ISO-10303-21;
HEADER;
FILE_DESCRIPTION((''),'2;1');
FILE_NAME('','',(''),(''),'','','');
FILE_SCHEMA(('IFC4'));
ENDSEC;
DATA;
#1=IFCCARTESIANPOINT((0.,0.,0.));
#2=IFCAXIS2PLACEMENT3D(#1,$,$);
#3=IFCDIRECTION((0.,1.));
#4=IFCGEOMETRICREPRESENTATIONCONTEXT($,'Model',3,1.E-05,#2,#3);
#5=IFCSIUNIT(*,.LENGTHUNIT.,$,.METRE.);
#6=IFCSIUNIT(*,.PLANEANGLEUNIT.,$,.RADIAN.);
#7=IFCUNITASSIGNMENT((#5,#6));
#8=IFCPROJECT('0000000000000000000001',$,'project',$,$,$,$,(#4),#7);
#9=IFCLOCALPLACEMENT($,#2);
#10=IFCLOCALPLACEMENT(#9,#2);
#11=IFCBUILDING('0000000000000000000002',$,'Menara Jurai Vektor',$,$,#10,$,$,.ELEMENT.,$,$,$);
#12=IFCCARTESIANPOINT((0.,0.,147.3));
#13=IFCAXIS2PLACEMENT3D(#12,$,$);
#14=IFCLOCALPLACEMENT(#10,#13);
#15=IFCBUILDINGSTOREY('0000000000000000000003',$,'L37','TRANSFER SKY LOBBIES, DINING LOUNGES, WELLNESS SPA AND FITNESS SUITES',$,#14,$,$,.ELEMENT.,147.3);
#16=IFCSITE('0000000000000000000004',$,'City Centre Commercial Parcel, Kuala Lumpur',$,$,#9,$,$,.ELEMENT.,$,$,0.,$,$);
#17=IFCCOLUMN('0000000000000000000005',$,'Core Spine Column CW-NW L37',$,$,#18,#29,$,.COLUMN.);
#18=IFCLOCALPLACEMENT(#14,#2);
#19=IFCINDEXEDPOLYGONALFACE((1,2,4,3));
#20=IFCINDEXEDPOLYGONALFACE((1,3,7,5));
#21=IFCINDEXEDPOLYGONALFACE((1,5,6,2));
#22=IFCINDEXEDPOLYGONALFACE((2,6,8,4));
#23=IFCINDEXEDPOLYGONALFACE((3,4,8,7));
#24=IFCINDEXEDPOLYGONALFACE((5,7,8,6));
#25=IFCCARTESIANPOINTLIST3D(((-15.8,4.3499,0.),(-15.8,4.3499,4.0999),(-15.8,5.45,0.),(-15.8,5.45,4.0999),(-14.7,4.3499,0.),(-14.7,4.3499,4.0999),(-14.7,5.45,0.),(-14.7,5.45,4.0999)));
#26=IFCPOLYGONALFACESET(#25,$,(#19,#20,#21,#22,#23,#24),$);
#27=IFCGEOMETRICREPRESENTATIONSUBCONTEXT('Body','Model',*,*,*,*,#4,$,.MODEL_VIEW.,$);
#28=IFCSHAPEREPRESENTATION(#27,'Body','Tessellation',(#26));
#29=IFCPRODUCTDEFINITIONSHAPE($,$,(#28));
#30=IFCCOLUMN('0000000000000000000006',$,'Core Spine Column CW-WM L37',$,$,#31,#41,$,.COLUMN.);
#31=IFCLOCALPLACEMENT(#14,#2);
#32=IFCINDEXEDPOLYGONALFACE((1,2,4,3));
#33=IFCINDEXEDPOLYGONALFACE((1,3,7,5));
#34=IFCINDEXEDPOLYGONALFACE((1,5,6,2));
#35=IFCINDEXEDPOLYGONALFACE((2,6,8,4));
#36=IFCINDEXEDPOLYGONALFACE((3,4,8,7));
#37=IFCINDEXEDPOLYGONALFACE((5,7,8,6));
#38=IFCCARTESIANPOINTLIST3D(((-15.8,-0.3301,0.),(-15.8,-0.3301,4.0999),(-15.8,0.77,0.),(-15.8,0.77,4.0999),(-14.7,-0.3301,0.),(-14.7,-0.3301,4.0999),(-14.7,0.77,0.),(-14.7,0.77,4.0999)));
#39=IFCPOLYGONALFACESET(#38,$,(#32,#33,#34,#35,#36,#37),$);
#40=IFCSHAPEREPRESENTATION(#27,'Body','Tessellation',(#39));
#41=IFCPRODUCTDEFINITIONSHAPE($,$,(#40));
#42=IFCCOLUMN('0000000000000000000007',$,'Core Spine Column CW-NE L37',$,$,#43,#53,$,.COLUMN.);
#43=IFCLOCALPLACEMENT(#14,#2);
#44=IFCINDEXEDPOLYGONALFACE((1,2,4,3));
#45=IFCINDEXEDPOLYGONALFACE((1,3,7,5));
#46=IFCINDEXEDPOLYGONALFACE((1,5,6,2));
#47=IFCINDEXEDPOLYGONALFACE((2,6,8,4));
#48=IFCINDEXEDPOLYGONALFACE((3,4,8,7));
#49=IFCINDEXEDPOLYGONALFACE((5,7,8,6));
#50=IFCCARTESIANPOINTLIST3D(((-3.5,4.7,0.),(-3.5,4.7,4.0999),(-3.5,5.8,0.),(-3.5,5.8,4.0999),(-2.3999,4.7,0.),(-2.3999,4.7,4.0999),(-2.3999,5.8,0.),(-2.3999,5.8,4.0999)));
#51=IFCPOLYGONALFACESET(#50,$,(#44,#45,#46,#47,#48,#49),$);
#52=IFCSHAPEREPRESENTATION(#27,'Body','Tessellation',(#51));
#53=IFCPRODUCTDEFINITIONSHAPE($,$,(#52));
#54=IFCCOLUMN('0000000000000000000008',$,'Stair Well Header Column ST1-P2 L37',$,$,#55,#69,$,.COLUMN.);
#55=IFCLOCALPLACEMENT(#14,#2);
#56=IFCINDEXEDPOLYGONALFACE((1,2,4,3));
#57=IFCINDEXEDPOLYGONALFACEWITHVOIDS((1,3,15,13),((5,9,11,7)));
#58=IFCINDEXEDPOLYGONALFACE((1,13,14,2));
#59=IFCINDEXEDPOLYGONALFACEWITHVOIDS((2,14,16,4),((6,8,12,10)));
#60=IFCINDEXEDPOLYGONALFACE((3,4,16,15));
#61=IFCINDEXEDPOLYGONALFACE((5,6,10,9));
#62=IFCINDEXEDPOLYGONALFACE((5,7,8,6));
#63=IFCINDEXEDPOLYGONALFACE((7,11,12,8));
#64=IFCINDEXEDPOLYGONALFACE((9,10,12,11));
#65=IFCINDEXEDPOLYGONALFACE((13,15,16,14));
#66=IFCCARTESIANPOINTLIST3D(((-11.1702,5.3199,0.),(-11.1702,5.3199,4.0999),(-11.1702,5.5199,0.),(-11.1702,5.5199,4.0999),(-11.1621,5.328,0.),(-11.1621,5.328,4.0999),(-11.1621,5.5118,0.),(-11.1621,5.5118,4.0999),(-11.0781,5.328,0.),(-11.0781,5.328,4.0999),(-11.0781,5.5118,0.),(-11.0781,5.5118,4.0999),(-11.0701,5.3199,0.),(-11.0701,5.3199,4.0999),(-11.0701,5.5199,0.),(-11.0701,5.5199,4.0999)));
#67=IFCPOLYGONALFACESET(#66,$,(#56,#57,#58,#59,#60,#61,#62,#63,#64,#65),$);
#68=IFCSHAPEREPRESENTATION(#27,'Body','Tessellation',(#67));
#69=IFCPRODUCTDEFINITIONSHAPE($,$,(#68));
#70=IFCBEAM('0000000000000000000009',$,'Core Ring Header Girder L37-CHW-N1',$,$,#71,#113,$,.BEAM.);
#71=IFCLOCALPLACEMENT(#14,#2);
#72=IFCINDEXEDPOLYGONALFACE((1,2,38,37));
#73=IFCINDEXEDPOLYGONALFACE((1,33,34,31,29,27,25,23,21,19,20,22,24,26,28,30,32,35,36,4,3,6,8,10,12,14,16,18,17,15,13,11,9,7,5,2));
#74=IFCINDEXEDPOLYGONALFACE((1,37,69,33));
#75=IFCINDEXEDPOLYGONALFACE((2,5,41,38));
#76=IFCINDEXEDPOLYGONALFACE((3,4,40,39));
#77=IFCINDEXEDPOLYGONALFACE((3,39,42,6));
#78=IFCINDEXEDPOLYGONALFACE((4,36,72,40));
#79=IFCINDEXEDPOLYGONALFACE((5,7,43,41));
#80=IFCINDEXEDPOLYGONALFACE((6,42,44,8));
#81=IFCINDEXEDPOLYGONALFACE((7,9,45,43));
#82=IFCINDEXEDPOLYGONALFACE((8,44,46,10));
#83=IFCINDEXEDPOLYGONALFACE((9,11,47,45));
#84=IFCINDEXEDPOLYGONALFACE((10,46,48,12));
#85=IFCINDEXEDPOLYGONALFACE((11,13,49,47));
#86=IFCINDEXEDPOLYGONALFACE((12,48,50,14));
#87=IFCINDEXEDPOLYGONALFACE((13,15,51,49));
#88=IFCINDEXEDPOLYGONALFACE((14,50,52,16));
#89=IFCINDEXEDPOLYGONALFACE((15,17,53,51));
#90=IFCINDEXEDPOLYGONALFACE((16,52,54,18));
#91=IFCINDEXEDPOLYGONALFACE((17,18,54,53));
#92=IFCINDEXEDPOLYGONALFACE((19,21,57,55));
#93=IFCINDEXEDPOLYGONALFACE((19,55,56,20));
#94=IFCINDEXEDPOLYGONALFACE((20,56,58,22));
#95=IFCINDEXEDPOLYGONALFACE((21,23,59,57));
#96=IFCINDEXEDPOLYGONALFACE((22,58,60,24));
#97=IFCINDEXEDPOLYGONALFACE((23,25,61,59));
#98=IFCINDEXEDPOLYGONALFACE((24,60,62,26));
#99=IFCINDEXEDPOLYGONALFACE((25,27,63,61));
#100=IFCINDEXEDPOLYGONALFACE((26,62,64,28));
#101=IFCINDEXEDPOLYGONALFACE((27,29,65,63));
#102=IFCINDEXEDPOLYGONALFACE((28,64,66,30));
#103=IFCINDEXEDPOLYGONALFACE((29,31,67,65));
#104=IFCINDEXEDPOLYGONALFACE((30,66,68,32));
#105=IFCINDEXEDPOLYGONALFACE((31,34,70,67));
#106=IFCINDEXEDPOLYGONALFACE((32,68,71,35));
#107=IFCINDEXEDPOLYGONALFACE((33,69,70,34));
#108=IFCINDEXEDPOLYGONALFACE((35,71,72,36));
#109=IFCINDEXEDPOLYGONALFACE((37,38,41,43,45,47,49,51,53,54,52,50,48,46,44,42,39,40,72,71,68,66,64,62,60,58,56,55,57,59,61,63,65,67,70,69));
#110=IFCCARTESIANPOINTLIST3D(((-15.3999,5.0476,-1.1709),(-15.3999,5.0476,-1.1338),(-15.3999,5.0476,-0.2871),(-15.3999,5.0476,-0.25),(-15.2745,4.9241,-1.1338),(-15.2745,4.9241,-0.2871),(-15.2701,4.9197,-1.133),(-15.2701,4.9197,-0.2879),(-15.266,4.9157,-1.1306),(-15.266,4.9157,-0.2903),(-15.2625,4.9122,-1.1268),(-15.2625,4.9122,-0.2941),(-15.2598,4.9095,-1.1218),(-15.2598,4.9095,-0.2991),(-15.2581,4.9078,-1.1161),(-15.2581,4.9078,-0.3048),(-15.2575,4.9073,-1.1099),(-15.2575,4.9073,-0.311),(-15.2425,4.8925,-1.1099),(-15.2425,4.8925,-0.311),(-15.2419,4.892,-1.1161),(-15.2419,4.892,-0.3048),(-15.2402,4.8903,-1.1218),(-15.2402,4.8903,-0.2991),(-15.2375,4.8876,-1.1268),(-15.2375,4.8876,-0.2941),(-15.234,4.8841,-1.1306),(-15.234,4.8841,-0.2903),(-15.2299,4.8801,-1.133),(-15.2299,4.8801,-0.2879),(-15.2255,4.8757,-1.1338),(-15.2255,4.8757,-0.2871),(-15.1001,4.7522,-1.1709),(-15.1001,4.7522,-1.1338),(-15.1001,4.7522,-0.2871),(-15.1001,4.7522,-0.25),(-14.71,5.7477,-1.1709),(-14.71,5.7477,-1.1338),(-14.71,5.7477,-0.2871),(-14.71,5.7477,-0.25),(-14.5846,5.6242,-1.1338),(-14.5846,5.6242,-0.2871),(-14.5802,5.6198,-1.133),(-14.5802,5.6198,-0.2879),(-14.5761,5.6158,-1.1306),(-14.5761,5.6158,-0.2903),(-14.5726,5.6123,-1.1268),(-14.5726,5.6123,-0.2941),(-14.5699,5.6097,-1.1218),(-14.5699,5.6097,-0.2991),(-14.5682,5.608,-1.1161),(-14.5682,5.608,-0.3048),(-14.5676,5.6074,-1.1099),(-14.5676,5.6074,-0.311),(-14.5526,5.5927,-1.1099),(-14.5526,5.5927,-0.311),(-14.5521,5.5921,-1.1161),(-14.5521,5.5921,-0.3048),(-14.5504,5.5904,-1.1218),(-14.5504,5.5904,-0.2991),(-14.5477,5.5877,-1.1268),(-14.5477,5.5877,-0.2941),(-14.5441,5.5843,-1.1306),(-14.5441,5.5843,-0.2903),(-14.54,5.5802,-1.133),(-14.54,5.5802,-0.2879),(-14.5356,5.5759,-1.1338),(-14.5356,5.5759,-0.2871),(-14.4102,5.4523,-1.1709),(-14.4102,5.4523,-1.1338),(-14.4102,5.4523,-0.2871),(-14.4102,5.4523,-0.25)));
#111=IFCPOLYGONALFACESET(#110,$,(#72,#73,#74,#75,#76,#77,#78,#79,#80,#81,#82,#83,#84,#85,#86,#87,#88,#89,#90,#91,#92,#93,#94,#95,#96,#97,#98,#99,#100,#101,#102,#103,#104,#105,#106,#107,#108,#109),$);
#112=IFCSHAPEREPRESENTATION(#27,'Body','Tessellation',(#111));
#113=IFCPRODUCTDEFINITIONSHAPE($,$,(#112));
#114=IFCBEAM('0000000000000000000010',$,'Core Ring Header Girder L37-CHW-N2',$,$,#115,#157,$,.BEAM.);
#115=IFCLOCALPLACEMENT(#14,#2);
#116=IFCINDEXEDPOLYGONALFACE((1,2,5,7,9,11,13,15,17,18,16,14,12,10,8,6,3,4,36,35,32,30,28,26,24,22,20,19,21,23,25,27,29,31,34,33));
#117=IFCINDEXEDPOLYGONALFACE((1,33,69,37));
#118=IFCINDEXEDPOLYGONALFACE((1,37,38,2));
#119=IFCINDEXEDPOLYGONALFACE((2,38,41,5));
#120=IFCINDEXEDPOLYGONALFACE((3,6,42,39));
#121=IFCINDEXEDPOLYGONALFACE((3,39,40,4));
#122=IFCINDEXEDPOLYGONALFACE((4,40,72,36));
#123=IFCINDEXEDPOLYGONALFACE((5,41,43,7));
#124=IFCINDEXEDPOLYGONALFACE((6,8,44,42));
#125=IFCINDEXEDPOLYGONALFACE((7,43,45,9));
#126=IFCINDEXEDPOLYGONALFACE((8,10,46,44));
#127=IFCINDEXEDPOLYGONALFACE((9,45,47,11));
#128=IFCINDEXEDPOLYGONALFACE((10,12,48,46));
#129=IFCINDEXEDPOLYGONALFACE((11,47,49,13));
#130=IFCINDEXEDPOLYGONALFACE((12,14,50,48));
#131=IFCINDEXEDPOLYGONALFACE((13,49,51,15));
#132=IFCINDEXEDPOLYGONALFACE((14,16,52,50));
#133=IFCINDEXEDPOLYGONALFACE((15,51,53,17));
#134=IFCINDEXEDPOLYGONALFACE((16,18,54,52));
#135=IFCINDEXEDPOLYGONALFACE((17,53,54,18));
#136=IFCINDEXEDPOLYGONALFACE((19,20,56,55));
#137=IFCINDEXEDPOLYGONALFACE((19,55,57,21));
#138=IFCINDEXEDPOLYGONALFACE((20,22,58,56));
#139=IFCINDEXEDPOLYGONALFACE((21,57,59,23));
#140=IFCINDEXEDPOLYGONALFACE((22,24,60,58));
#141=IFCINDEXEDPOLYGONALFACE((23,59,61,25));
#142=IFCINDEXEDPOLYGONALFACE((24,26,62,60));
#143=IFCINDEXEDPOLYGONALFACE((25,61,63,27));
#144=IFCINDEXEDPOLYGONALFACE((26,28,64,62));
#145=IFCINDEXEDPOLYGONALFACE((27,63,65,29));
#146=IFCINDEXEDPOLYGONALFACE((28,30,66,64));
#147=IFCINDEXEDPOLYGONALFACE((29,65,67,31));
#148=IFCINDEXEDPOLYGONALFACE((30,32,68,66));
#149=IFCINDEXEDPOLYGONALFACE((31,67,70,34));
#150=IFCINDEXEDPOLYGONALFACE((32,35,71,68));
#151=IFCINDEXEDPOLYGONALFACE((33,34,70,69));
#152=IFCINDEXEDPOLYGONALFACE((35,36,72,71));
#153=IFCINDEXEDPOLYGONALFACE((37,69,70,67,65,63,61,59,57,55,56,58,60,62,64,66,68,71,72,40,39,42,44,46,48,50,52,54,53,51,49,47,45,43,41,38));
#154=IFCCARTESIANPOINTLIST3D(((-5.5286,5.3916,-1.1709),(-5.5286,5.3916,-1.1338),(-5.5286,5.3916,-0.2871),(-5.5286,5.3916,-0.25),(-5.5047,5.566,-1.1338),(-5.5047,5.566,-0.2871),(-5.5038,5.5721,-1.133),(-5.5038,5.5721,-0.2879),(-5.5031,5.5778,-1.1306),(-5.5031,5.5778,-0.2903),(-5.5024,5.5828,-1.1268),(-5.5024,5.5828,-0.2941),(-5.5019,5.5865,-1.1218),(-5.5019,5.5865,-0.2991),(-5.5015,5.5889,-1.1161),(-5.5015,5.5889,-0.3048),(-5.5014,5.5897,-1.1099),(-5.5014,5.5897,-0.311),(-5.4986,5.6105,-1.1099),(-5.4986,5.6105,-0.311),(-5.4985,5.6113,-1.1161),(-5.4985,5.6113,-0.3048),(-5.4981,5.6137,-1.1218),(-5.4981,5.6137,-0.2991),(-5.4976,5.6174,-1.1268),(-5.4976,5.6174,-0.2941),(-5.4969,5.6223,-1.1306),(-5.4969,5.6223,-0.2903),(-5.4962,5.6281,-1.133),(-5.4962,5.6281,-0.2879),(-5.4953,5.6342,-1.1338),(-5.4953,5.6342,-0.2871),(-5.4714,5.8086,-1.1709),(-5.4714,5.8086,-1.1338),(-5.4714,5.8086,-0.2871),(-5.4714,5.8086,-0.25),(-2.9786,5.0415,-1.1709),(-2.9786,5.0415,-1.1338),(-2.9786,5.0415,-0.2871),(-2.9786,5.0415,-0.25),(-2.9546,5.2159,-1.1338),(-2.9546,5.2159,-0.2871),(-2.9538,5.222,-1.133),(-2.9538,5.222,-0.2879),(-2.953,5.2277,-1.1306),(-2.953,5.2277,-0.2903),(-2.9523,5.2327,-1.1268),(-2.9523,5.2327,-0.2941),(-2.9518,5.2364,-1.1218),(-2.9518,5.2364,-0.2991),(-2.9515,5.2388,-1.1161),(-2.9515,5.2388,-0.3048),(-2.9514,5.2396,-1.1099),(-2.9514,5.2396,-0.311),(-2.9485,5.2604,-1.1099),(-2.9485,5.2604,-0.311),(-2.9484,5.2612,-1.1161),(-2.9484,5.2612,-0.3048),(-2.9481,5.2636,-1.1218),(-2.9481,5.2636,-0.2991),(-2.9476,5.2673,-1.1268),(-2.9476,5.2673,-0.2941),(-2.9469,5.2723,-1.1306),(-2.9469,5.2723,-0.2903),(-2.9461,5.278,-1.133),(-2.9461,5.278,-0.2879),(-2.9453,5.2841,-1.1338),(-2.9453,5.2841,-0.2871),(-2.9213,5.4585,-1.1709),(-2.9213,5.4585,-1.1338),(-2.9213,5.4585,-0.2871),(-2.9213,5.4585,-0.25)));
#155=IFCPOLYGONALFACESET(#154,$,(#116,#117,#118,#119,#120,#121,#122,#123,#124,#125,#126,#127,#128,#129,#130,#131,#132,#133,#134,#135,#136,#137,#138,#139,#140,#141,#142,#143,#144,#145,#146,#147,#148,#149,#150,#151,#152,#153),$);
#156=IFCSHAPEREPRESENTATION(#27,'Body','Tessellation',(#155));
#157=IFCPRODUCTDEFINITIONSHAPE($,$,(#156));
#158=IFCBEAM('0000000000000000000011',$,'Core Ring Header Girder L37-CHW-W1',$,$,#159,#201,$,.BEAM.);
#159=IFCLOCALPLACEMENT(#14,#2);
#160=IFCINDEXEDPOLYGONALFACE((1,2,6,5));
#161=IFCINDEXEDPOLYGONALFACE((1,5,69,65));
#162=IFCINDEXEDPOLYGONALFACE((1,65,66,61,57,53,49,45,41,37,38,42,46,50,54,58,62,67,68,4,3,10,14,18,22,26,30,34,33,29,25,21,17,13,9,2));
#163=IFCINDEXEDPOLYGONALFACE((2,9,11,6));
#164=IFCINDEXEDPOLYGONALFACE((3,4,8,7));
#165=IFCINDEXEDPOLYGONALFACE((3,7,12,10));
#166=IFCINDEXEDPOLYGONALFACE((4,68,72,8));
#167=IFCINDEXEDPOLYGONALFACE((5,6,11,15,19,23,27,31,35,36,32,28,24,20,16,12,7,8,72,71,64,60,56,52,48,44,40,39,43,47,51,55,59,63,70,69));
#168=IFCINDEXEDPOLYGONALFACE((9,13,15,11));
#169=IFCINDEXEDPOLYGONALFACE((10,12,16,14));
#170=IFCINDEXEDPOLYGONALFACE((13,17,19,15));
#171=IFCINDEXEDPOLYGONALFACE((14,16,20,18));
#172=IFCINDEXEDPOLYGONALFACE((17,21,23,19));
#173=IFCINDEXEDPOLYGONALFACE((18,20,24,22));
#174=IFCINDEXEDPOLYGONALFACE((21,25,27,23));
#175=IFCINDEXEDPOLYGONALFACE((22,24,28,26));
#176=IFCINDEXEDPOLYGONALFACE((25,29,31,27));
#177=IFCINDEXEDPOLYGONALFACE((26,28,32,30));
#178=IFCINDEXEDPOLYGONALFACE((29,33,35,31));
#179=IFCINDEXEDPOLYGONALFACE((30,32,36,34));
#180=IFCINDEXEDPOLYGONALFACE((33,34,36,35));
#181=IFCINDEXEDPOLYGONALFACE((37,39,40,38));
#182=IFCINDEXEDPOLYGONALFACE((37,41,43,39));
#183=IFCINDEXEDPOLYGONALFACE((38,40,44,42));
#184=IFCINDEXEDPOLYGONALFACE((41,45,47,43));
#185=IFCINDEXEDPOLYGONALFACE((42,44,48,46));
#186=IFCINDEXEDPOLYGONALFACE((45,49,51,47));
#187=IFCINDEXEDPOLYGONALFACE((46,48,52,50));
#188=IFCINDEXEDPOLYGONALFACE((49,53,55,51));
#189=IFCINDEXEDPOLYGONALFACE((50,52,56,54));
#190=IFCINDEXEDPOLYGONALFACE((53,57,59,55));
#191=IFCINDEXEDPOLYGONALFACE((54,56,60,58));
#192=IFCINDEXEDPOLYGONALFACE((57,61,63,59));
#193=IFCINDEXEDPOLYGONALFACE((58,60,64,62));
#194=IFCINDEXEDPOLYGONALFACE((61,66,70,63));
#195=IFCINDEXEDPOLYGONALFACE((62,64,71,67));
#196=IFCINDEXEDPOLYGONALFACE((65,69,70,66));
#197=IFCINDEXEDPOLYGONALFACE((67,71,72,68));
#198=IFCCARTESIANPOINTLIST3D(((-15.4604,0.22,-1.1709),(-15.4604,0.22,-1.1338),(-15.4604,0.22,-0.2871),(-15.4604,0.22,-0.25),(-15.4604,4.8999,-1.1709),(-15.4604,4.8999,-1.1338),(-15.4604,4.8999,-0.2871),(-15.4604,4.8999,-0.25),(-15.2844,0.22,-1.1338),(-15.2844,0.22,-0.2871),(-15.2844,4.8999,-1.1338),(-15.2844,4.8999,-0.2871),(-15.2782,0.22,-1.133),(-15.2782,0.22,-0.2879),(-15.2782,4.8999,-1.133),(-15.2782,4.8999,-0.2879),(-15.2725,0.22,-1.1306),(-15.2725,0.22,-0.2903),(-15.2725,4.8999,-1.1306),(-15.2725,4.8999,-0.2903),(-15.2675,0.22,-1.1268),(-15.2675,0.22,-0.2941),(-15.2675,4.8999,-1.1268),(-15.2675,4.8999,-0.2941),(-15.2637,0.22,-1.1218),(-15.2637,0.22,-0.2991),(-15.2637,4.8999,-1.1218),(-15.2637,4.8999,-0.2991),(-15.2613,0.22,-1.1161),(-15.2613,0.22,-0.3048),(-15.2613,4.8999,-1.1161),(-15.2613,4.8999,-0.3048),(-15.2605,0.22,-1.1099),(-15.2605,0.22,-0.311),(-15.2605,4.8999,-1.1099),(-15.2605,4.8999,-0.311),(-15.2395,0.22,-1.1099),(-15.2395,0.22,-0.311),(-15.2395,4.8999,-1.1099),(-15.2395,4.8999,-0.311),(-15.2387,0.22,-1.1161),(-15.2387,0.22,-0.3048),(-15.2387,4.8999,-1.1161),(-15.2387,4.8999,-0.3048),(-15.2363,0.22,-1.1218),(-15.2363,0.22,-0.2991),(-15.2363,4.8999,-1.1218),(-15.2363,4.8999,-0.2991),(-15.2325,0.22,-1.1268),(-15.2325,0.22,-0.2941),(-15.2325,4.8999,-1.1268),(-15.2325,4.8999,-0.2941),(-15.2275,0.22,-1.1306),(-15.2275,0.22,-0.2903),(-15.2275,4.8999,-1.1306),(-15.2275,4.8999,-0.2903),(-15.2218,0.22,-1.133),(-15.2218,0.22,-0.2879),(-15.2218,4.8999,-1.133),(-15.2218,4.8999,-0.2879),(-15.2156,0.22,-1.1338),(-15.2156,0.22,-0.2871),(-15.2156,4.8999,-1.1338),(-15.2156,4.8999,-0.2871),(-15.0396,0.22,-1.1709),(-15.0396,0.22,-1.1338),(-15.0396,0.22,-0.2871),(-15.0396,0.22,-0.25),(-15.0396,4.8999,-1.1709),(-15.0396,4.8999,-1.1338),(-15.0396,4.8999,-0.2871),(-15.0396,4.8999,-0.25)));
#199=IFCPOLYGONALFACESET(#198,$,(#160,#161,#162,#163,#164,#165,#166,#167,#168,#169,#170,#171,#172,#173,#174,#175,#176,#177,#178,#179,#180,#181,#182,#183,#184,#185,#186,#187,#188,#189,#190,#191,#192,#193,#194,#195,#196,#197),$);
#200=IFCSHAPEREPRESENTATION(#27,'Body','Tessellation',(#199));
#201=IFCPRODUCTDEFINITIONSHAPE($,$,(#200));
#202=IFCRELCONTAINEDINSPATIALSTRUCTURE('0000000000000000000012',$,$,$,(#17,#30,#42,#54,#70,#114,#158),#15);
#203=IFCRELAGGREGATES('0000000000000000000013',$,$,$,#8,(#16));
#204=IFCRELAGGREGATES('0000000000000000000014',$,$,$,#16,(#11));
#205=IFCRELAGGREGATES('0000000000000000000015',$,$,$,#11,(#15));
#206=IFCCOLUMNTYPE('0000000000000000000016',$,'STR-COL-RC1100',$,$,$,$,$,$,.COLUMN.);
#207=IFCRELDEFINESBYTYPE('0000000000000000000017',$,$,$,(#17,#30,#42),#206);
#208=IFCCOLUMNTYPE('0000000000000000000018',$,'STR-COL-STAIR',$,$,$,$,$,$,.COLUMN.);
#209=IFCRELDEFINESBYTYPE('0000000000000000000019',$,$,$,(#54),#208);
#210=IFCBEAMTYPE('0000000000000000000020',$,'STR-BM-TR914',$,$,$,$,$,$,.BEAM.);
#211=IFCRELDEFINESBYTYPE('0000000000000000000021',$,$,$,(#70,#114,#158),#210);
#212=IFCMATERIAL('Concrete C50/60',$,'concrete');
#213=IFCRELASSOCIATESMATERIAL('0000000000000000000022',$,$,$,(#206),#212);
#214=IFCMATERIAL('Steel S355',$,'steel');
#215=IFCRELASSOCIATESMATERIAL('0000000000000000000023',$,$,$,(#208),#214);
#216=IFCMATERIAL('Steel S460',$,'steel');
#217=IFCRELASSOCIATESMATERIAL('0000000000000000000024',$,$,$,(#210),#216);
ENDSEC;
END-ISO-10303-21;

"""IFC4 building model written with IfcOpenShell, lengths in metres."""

from ifc_helpers import new_model, si_unit, direction, frame, origin, origin_2d, place, context, subcontext, project, spatial, rectangle, hollow_rectangle, i_section, extrude, material, material_profile, profile_set, type_object, element, save


model = new_model("IFC4")

# Units and contexts
model_context = context("Model", 3, precision=1e-05, world=origin(), true_north=direction((0.0, 1.0)))
body_context = subcontext(model_context, "Body", "Model", "MODEL_VIEW")
ifc_project = project(units=[si_unit("LENGTHUNIT", "METRE"), si_unit("PLANEANGLEUNIT", "RADIAN")], contexts=[model_context])

# Site, building, storey
site_placement = place(None, origin())
site = spatial("IfcSite", under=ifc_project, at=site_placement, Name="City Centre Commercial Parcel, Kuala Lumpur", CompositionType="ELEMENT", RefElevation=0.0)
building_placement = place(site_placement, origin())
building = spatial("IfcBuilding", under=site, at=building_placement, Name="Menara Jurai Vektor", CompositionType="ELEMENT")
storey_placement = place(building_placement, frame((0.0, 0.0, 147.3)))
storey = spatial("IfcBuildingStorey", under=building, at=storey_placement, Name="L37", Description="TRANSFER SKY LOBBIES, DINING LOUNGES, WELLNESS SPA AND FITNESS SUITES", CompositionType="ELEMENT", Elevation=147.3)

# Columns
ifc_material_1 = material(Name="Concrete C50/60", Category="concrete")
ifc_material_profile_1 = material_profile(ifc_material_1, rectangle(XDim=1.1001, YDim=1.1001, at=origin_2d()), Name="RC 1100x1100")
ifc_profile_set_1 = profile_set([ifc_material_profile_1], Name="Concrete C50/60")
column_type_1 = type_object("IfcColumnType", Name="STR-COL-RC1100", PredefinedType="COLUMN", material=ifc_profile_set_1)
for number, where, z_axis, x_axis, name in (
    (1, (-15.25, 4.8999, 0.0), (0.0, 0.0, 1.0), (1.0, 0.0, 0.0), "Core Spine Column CW-NW L37"),
    (2, (-15.25, 0.22, 0.0), (0.0, 0.0, 1.0), (1.0, 0.0, 0.0), "Core Spine Column CW-WM L37"),
    (3, (-2.95, 5.25, 0.0), (0.0, 0.0, 1.0), (1.0, 0.0, 0.0), "Core Spine Column CW-NE L37"),
):
    element("IfcColumn", number, at=place(storey_placement, frame(where, z_axis=z_axis, x_axis=x_axis)), inside=storey, type_object=column_type_1, Name=name, PredefinedType="COLUMN", context=body_context, shape_type="SweptSolid", body=[
        extrude(rectangle(XDim=1.1001, YDim=1.1001, at=origin_2d()), origin(), (0.0, 0.0, 1.0), 4.0999),
    ])
ifc_material_2 = material(Name="Steel S355", Category="steel")
ifc_material_profile_2 = material_profile(ifc_material_2, hollow_rectangle(XDim=0.1001, YDim=0.2, WallThickness=0.0081, at=origin_2d()), Name="RHS 200x100x8")
ifc_profile_set_2 = profile_set([ifc_material_profile_2], Name="Steel S355")
column_type_2 = type_object("IfcColumnType", Name="STR-COL-STAIR", PredefinedType="COLUMN", material=ifc_profile_set_2)
column_placement = place(storey_placement, frame((-11.1201, 5.4199, 0.0), z_axis=(0.0, 0.0, 1.0), x_axis=(1.0, 0.0, 0.0)))
element("IfcColumn", 4, at=column_placement, inside=storey, type_object=column_type_2, Name="Stair Well Header Column ST1-P2 L37", PredefinedType="COLUMN", context=body_context, shape_type="SweptSolid", body=[
    extrude(hollow_rectangle(XDim=0.1001, YDim=0.2, WallThickness=0.0081, at=origin_2d()), origin(), (0.0, 0.0, 1.0), 4.0999),
])

# Beams
ifc_material_3 = material(Name="Steel S460", Category="steel")
ifc_material_profile_3 = material_profile(ifc_material_3, i_section(OverallWidth=0.4209, OverallDepth=0.9209, WebThickness=0.021, FlangeThickness=0.0371, FilletRadius=0.0239, at=origin_2d()), Name="UKB 914x419x388")
ifc_profile_set_3 = profile_set([ifc_material_profile_3], Name="Steel S460")
beam_type_1 = type_object("IfcBeamType", Name="STR-BM-TR914", PredefinedType="BEAM", material=ifc_profile_set_3)
beam_1_placement = place(storey_placement, frame((-15.25, 4.8999, -0.7104), z_axis=(0.701872, 0.712303, 0.0), x_axis=(-0.712303, 0.701872, 0.0)))
element("IfcBeam", 5, at=beam_1_placement, inside=storey, type_object=beam_type_1, Name="Core Ring Header Girder L37-CHW-N1", PredefinedType="BEAM", context=body_context, shape_type="SweptSolid", body=[
    extrude(i_section(OverallWidth=0.4209, OverallDepth=0.9209, WebThickness=0.021, FlangeThickness=0.0371, FilletRadius=0.0239, at=origin_2d()), origin(), (0.0, 0.0, 1.0), 0.9829),
])
beam_2_placement = place(storey_placement, frame((-5.5, 5.6001, -0.7104), z_axis=(0.990707, -0.136015, 0.0), x_axis=(0.136015, 0.990707, 0.0)))
element("IfcBeam", 6, at=beam_2_placement, inside=storey, type_object=beam_type_1, Name="Core Ring Header Girder L37-CHW-N2", PredefinedType="BEAM", context=body_context, shape_type="SweptSolid", body=[
    extrude(i_section(OverallWidth=0.4209, OverallDepth=0.9209, WebThickness=0.021, FlangeThickness=0.0371, FilletRadius=0.0239, at=origin_2d()), origin(), (0.0, 0.0, 1.0), 2.574),
])
beam_3_placement = place(storey_placement, frame((-15.25, 0.22, -0.7104), z_axis=(0.0, 1.0, 0.0), x_axis=(-1.0, 0.0, 0.0)))
element("IfcBeam", 7, at=beam_3_placement, inside=storey, type_object=beam_type_1, Name="Core Ring Header Girder L37-CHW-W1", PredefinedType="BEAM", context=body_context, shape_type="SweptSolid", body=[
    extrude(i_section(OverallWidth=0.4209, OverallDepth=0.9209, WebThickness=0.021, FlangeThickness=0.0371, FilletRadius=0.0239, at=origin_2d()), origin(), (0.0, 0.0, 1.0), 4.6799),
])

save(model, "model.ifc")
